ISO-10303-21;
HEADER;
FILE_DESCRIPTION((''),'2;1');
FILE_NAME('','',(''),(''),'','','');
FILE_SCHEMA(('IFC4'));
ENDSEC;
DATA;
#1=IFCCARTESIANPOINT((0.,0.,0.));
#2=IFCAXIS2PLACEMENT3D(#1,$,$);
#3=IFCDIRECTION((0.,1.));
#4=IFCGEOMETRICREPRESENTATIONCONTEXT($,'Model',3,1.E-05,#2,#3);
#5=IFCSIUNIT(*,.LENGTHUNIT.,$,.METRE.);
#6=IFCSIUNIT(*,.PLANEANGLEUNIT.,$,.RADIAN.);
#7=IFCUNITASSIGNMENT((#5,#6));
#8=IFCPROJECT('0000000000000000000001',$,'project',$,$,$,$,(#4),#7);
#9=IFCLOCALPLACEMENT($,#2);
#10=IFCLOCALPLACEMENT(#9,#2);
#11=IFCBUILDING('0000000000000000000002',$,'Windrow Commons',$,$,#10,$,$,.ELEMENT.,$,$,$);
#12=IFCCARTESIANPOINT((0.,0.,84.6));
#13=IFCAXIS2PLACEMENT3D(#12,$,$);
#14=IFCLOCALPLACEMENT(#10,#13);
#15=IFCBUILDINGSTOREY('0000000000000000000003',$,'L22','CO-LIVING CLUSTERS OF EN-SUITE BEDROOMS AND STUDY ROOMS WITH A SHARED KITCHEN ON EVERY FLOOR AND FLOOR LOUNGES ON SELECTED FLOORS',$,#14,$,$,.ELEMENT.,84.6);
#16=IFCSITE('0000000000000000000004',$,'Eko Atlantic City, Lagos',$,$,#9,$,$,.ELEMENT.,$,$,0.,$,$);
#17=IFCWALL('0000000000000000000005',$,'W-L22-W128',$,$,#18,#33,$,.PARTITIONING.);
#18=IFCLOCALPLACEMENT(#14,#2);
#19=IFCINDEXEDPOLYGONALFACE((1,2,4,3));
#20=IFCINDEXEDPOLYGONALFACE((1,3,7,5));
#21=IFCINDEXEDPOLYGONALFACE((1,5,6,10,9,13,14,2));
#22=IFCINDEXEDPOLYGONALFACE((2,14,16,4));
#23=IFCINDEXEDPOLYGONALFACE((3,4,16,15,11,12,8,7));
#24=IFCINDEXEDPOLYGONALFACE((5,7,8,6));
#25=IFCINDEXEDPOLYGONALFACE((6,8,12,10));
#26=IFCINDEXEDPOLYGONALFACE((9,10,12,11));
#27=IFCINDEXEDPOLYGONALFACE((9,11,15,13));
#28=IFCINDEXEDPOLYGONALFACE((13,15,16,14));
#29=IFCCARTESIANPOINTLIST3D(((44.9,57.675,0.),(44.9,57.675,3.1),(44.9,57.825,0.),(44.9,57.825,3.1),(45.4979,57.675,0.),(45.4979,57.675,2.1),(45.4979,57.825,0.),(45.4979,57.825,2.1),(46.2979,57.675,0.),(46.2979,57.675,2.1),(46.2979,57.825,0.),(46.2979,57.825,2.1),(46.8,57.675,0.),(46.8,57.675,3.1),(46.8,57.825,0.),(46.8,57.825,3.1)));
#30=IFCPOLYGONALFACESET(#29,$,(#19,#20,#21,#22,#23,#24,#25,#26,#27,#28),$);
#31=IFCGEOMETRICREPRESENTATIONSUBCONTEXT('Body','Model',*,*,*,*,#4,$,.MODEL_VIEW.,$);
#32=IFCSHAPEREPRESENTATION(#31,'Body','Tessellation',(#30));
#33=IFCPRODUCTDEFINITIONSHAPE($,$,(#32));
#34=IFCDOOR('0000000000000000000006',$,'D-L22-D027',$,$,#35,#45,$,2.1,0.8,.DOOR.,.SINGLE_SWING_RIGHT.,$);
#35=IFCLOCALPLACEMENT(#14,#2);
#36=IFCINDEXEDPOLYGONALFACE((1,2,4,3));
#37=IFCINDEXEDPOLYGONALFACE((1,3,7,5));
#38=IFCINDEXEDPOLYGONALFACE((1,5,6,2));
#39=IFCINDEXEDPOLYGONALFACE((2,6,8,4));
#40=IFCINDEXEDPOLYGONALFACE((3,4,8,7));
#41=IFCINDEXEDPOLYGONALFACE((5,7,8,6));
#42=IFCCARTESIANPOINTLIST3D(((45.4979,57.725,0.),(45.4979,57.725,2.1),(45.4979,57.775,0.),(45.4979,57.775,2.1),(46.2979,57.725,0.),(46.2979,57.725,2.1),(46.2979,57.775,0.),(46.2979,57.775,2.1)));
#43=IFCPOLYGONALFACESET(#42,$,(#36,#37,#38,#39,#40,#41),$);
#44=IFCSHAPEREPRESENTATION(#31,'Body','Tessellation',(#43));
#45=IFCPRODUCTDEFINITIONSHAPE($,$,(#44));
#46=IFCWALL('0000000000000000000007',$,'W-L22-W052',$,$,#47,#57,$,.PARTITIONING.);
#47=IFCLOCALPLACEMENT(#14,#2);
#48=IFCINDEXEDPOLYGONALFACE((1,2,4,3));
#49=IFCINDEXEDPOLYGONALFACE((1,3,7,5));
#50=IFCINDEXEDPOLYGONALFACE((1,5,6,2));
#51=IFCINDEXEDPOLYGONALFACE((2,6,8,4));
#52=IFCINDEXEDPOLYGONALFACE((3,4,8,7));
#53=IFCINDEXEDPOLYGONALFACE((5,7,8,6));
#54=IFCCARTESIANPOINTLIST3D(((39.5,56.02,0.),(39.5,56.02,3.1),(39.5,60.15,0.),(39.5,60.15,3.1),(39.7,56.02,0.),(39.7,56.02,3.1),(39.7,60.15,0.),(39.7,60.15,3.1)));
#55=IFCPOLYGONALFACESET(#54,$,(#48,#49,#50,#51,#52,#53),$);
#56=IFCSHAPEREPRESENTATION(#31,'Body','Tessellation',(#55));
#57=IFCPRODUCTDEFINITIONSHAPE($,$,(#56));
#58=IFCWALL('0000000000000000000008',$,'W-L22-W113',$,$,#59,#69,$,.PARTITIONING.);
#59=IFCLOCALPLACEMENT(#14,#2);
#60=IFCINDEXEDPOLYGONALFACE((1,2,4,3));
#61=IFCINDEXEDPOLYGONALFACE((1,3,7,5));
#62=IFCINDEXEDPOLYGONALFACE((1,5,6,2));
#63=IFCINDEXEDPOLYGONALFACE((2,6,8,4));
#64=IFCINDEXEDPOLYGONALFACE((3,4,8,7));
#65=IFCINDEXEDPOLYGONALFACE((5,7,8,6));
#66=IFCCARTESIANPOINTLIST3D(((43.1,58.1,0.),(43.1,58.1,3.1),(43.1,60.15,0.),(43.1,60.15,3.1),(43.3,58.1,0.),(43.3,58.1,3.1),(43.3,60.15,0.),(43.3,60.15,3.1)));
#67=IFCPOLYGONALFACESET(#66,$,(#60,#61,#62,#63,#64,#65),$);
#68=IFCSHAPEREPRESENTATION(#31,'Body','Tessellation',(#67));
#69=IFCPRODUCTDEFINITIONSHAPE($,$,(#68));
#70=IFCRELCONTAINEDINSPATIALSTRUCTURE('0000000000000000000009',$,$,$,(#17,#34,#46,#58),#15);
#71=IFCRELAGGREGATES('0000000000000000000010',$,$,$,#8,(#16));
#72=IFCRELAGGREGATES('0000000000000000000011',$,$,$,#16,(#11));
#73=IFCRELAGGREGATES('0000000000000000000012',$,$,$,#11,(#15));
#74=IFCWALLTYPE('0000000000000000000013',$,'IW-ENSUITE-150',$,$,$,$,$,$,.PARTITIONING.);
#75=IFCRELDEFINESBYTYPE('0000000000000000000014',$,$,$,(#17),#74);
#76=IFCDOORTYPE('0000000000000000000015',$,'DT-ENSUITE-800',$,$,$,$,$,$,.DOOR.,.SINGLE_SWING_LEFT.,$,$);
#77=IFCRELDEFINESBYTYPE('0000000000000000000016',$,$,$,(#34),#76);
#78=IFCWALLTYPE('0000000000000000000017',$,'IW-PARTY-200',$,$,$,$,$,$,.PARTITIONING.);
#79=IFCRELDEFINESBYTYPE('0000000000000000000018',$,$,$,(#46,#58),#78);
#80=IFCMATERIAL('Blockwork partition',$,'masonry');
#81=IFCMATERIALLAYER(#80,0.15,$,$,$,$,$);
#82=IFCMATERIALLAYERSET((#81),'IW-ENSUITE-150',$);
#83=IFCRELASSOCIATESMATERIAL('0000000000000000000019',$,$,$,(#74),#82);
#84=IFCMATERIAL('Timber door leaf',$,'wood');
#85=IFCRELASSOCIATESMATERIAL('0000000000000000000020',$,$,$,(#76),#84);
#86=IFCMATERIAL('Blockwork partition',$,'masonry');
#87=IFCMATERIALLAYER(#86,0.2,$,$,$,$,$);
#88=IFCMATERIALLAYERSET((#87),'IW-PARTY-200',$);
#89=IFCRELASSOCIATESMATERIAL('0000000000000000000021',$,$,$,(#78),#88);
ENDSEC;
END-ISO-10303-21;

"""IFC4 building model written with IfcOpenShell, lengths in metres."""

from ifc_helpers import new_model, si_unit, direction, frame, frame_2d, origin, place, context, subcontext, project, spatial, rectangle, extrude, material, layer, layer_set, type_object, element, fill, save


model = new_model("IFC4")

# Units and contexts
model_context = context("Model", 3, precision=1e-05, world=origin(), true_north=direction((0.0, 1.0)))
body_context = subcontext(model_context, "Body", "Model", "MODEL_VIEW")
ifc_project = project(units=[si_unit("LENGTHUNIT", "METRE"), si_unit("PLANEANGLEUNIT", "RADIAN")], contexts=[model_context])

# Site, building, storey
site_placement = place(None, origin())
site = spatial("IfcSite", under=ifc_project, at=site_placement, Name="Eko Atlantic City, Lagos", CompositionType="ELEMENT", RefElevation=0.0)
building_placement = place(site_placement, origin())
building = spatial("IfcBuilding", under=site, at=building_placement, Name="Windrow Commons", CompositionType="ELEMENT")
storey_placement = place(building_placement, frame((0.0, 0.0, 84.6)))
storey = spatial("IfcBuildingStorey", under=building, at=storey_placement, Name="L22", Description="CO-LIVING CLUSTERS OF EN-SUITE BEDROOMS AND STUDY ROOMS WITH A SHARED KITCHEN ON EVERY FLOOR AND FLOOR LOUNGES ON SELECTED FLOORS", CompositionType="ELEMENT", Elevation=84.6)

# Shared definitions
ifc_material_1 = material(Name="Blockwork partition", Category="masonry")
ifc_layer_1 = layer(ifc_material_1, 0.15)
ifc_layer_set_1 = layer_set([ifc_layer_1], Name="IW-ENSUITE-150")
wall_type_1 = type_object("IfcWallType", Name="IW-ENSUITE-150", PredefinedType="PARTITIONING", material=ifc_layer_set_1)

# Wall, opening, door
wall_1_placement = place(storey_placement, frame((44.9, 57.75, 0.0), z_axis=(0.0, 0.0, 1.0), x_axis=(1.0, 0.0, 0.0)))
wall_1 = element("IfcWall", 1, at=wall_1_placement, inside=storey, type_object=wall_type_1, Name="W-L22-W128", PredefinedType="PARTITIONING", context=body_context, shape_type="SweptSolid", body=[
    extrude(rectangle(XDim=1.9, YDim=0.15, at=frame_2d((0.95, 0.0))), origin(), (0.0, 0.0, 1.0), 3.1),
])
opening_1_placement = place(wall_1_placement, frame((0.5979, 0.0, 0.0)))
opening_1 = element("IfcOpeningElement", 2, at=opening_1_placement, cuts=wall_1, PredefinedType="OPENING", context=body_context, shape_type="SweptSolid", body=[
    extrude(rectangle(XDim=0.8, YDim=2.1, at=frame_2d((0.4, 1.05))), frame((0.0, 0.085, 0.0), z_axis=(0.0, -1.0, 0.0), x_axis=(1.0, 0.0, 0.0)), (0.0, 0.0, 1.0), 0.17),
])
ifc_material_2 = material(Name="Timber door leaf", Category="wood")
door_type = type_object("IfcDoorType", Name="DT-ENSUITE-800", OperationType="SINGLE_SWING_LEFT", PredefinedType="DOOR", material=ifc_material_2)
door_placement = place(opening_1_placement, origin())
door = element("IfcDoor", 3, at=door_placement, inside=storey, type_object=door_type, Name="D-L22-D027", OperationType="SINGLE_SWING_RIGHT", OverallHeight=2.1, OverallWidth=0.8, PredefinedType="DOOR", context=body_context, shape_type="SweptSolid", body=[
    extrude(rectangle(XDim=0.8, YDim=2.1, at=frame_2d((0.4, 1.05))), frame((0.0, 0.025, 0.0), z_axis=(0.0, -1.0, 0.0), x_axis=(1.0, 0.0, 0.0)), (0.0, 0.0, 1.0), 0.05),
])
fill(opening_1, door)

# Walls
ifc_material_3 = material(Name="Blockwork partition", Category="masonry")
ifc_layer_2 = layer(ifc_material_3, 0.2)
ifc_layer_set_2 = layer_set([ifc_layer_2], Name="IW-PARTY-200")
wall_type_2 = type_object("IfcWallType", Name="IW-PARTY-200", PredefinedType="PARTITIONING", material=ifc_layer_set_2)
wall_2_placement = place(storey_placement, frame((39.6, 56.02, 0.0), z_axis=(0.0, 0.0, 1.0), x_axis=(0.0, 1.0, 0.0)))
element("IfcWall", 4, at=wall_2_placement, inside=storey, type_object=wall_type_2, Name="W-L22-W052", PredefinedType="PARTITIONING", context=body_context, shape_type="SweptSolid", body=[
    extrude(rectangle(XDim=4.13, YDim=0.2, at=frame_2d((2.065, 0.0))), origin(), (0.0, 0.0, 1.0), 3.1),
])
wall_3_placement = place(storey_placement, frame((43.2, 58.1, 0.0), z_axis=(0.0, 0.0, 1.0), x_axis=(0.0, 1.0, 0.0)))
element("IfcWall", 5, at=wall_3_placement, inside=storey, type_object=wall_type_2, Name="W-L22-W113", PredefinedType="PARTITIONING", context=body_context, shape_type="SweptSolid", body=[
    extrude(rectangle(XDim=2.05, YDim=0.2, at=frame_2d((1.025, 0.0))), origin(), (0.0, 0.0, 1.0), 3.1),
])

save(model, "model.ifc")
